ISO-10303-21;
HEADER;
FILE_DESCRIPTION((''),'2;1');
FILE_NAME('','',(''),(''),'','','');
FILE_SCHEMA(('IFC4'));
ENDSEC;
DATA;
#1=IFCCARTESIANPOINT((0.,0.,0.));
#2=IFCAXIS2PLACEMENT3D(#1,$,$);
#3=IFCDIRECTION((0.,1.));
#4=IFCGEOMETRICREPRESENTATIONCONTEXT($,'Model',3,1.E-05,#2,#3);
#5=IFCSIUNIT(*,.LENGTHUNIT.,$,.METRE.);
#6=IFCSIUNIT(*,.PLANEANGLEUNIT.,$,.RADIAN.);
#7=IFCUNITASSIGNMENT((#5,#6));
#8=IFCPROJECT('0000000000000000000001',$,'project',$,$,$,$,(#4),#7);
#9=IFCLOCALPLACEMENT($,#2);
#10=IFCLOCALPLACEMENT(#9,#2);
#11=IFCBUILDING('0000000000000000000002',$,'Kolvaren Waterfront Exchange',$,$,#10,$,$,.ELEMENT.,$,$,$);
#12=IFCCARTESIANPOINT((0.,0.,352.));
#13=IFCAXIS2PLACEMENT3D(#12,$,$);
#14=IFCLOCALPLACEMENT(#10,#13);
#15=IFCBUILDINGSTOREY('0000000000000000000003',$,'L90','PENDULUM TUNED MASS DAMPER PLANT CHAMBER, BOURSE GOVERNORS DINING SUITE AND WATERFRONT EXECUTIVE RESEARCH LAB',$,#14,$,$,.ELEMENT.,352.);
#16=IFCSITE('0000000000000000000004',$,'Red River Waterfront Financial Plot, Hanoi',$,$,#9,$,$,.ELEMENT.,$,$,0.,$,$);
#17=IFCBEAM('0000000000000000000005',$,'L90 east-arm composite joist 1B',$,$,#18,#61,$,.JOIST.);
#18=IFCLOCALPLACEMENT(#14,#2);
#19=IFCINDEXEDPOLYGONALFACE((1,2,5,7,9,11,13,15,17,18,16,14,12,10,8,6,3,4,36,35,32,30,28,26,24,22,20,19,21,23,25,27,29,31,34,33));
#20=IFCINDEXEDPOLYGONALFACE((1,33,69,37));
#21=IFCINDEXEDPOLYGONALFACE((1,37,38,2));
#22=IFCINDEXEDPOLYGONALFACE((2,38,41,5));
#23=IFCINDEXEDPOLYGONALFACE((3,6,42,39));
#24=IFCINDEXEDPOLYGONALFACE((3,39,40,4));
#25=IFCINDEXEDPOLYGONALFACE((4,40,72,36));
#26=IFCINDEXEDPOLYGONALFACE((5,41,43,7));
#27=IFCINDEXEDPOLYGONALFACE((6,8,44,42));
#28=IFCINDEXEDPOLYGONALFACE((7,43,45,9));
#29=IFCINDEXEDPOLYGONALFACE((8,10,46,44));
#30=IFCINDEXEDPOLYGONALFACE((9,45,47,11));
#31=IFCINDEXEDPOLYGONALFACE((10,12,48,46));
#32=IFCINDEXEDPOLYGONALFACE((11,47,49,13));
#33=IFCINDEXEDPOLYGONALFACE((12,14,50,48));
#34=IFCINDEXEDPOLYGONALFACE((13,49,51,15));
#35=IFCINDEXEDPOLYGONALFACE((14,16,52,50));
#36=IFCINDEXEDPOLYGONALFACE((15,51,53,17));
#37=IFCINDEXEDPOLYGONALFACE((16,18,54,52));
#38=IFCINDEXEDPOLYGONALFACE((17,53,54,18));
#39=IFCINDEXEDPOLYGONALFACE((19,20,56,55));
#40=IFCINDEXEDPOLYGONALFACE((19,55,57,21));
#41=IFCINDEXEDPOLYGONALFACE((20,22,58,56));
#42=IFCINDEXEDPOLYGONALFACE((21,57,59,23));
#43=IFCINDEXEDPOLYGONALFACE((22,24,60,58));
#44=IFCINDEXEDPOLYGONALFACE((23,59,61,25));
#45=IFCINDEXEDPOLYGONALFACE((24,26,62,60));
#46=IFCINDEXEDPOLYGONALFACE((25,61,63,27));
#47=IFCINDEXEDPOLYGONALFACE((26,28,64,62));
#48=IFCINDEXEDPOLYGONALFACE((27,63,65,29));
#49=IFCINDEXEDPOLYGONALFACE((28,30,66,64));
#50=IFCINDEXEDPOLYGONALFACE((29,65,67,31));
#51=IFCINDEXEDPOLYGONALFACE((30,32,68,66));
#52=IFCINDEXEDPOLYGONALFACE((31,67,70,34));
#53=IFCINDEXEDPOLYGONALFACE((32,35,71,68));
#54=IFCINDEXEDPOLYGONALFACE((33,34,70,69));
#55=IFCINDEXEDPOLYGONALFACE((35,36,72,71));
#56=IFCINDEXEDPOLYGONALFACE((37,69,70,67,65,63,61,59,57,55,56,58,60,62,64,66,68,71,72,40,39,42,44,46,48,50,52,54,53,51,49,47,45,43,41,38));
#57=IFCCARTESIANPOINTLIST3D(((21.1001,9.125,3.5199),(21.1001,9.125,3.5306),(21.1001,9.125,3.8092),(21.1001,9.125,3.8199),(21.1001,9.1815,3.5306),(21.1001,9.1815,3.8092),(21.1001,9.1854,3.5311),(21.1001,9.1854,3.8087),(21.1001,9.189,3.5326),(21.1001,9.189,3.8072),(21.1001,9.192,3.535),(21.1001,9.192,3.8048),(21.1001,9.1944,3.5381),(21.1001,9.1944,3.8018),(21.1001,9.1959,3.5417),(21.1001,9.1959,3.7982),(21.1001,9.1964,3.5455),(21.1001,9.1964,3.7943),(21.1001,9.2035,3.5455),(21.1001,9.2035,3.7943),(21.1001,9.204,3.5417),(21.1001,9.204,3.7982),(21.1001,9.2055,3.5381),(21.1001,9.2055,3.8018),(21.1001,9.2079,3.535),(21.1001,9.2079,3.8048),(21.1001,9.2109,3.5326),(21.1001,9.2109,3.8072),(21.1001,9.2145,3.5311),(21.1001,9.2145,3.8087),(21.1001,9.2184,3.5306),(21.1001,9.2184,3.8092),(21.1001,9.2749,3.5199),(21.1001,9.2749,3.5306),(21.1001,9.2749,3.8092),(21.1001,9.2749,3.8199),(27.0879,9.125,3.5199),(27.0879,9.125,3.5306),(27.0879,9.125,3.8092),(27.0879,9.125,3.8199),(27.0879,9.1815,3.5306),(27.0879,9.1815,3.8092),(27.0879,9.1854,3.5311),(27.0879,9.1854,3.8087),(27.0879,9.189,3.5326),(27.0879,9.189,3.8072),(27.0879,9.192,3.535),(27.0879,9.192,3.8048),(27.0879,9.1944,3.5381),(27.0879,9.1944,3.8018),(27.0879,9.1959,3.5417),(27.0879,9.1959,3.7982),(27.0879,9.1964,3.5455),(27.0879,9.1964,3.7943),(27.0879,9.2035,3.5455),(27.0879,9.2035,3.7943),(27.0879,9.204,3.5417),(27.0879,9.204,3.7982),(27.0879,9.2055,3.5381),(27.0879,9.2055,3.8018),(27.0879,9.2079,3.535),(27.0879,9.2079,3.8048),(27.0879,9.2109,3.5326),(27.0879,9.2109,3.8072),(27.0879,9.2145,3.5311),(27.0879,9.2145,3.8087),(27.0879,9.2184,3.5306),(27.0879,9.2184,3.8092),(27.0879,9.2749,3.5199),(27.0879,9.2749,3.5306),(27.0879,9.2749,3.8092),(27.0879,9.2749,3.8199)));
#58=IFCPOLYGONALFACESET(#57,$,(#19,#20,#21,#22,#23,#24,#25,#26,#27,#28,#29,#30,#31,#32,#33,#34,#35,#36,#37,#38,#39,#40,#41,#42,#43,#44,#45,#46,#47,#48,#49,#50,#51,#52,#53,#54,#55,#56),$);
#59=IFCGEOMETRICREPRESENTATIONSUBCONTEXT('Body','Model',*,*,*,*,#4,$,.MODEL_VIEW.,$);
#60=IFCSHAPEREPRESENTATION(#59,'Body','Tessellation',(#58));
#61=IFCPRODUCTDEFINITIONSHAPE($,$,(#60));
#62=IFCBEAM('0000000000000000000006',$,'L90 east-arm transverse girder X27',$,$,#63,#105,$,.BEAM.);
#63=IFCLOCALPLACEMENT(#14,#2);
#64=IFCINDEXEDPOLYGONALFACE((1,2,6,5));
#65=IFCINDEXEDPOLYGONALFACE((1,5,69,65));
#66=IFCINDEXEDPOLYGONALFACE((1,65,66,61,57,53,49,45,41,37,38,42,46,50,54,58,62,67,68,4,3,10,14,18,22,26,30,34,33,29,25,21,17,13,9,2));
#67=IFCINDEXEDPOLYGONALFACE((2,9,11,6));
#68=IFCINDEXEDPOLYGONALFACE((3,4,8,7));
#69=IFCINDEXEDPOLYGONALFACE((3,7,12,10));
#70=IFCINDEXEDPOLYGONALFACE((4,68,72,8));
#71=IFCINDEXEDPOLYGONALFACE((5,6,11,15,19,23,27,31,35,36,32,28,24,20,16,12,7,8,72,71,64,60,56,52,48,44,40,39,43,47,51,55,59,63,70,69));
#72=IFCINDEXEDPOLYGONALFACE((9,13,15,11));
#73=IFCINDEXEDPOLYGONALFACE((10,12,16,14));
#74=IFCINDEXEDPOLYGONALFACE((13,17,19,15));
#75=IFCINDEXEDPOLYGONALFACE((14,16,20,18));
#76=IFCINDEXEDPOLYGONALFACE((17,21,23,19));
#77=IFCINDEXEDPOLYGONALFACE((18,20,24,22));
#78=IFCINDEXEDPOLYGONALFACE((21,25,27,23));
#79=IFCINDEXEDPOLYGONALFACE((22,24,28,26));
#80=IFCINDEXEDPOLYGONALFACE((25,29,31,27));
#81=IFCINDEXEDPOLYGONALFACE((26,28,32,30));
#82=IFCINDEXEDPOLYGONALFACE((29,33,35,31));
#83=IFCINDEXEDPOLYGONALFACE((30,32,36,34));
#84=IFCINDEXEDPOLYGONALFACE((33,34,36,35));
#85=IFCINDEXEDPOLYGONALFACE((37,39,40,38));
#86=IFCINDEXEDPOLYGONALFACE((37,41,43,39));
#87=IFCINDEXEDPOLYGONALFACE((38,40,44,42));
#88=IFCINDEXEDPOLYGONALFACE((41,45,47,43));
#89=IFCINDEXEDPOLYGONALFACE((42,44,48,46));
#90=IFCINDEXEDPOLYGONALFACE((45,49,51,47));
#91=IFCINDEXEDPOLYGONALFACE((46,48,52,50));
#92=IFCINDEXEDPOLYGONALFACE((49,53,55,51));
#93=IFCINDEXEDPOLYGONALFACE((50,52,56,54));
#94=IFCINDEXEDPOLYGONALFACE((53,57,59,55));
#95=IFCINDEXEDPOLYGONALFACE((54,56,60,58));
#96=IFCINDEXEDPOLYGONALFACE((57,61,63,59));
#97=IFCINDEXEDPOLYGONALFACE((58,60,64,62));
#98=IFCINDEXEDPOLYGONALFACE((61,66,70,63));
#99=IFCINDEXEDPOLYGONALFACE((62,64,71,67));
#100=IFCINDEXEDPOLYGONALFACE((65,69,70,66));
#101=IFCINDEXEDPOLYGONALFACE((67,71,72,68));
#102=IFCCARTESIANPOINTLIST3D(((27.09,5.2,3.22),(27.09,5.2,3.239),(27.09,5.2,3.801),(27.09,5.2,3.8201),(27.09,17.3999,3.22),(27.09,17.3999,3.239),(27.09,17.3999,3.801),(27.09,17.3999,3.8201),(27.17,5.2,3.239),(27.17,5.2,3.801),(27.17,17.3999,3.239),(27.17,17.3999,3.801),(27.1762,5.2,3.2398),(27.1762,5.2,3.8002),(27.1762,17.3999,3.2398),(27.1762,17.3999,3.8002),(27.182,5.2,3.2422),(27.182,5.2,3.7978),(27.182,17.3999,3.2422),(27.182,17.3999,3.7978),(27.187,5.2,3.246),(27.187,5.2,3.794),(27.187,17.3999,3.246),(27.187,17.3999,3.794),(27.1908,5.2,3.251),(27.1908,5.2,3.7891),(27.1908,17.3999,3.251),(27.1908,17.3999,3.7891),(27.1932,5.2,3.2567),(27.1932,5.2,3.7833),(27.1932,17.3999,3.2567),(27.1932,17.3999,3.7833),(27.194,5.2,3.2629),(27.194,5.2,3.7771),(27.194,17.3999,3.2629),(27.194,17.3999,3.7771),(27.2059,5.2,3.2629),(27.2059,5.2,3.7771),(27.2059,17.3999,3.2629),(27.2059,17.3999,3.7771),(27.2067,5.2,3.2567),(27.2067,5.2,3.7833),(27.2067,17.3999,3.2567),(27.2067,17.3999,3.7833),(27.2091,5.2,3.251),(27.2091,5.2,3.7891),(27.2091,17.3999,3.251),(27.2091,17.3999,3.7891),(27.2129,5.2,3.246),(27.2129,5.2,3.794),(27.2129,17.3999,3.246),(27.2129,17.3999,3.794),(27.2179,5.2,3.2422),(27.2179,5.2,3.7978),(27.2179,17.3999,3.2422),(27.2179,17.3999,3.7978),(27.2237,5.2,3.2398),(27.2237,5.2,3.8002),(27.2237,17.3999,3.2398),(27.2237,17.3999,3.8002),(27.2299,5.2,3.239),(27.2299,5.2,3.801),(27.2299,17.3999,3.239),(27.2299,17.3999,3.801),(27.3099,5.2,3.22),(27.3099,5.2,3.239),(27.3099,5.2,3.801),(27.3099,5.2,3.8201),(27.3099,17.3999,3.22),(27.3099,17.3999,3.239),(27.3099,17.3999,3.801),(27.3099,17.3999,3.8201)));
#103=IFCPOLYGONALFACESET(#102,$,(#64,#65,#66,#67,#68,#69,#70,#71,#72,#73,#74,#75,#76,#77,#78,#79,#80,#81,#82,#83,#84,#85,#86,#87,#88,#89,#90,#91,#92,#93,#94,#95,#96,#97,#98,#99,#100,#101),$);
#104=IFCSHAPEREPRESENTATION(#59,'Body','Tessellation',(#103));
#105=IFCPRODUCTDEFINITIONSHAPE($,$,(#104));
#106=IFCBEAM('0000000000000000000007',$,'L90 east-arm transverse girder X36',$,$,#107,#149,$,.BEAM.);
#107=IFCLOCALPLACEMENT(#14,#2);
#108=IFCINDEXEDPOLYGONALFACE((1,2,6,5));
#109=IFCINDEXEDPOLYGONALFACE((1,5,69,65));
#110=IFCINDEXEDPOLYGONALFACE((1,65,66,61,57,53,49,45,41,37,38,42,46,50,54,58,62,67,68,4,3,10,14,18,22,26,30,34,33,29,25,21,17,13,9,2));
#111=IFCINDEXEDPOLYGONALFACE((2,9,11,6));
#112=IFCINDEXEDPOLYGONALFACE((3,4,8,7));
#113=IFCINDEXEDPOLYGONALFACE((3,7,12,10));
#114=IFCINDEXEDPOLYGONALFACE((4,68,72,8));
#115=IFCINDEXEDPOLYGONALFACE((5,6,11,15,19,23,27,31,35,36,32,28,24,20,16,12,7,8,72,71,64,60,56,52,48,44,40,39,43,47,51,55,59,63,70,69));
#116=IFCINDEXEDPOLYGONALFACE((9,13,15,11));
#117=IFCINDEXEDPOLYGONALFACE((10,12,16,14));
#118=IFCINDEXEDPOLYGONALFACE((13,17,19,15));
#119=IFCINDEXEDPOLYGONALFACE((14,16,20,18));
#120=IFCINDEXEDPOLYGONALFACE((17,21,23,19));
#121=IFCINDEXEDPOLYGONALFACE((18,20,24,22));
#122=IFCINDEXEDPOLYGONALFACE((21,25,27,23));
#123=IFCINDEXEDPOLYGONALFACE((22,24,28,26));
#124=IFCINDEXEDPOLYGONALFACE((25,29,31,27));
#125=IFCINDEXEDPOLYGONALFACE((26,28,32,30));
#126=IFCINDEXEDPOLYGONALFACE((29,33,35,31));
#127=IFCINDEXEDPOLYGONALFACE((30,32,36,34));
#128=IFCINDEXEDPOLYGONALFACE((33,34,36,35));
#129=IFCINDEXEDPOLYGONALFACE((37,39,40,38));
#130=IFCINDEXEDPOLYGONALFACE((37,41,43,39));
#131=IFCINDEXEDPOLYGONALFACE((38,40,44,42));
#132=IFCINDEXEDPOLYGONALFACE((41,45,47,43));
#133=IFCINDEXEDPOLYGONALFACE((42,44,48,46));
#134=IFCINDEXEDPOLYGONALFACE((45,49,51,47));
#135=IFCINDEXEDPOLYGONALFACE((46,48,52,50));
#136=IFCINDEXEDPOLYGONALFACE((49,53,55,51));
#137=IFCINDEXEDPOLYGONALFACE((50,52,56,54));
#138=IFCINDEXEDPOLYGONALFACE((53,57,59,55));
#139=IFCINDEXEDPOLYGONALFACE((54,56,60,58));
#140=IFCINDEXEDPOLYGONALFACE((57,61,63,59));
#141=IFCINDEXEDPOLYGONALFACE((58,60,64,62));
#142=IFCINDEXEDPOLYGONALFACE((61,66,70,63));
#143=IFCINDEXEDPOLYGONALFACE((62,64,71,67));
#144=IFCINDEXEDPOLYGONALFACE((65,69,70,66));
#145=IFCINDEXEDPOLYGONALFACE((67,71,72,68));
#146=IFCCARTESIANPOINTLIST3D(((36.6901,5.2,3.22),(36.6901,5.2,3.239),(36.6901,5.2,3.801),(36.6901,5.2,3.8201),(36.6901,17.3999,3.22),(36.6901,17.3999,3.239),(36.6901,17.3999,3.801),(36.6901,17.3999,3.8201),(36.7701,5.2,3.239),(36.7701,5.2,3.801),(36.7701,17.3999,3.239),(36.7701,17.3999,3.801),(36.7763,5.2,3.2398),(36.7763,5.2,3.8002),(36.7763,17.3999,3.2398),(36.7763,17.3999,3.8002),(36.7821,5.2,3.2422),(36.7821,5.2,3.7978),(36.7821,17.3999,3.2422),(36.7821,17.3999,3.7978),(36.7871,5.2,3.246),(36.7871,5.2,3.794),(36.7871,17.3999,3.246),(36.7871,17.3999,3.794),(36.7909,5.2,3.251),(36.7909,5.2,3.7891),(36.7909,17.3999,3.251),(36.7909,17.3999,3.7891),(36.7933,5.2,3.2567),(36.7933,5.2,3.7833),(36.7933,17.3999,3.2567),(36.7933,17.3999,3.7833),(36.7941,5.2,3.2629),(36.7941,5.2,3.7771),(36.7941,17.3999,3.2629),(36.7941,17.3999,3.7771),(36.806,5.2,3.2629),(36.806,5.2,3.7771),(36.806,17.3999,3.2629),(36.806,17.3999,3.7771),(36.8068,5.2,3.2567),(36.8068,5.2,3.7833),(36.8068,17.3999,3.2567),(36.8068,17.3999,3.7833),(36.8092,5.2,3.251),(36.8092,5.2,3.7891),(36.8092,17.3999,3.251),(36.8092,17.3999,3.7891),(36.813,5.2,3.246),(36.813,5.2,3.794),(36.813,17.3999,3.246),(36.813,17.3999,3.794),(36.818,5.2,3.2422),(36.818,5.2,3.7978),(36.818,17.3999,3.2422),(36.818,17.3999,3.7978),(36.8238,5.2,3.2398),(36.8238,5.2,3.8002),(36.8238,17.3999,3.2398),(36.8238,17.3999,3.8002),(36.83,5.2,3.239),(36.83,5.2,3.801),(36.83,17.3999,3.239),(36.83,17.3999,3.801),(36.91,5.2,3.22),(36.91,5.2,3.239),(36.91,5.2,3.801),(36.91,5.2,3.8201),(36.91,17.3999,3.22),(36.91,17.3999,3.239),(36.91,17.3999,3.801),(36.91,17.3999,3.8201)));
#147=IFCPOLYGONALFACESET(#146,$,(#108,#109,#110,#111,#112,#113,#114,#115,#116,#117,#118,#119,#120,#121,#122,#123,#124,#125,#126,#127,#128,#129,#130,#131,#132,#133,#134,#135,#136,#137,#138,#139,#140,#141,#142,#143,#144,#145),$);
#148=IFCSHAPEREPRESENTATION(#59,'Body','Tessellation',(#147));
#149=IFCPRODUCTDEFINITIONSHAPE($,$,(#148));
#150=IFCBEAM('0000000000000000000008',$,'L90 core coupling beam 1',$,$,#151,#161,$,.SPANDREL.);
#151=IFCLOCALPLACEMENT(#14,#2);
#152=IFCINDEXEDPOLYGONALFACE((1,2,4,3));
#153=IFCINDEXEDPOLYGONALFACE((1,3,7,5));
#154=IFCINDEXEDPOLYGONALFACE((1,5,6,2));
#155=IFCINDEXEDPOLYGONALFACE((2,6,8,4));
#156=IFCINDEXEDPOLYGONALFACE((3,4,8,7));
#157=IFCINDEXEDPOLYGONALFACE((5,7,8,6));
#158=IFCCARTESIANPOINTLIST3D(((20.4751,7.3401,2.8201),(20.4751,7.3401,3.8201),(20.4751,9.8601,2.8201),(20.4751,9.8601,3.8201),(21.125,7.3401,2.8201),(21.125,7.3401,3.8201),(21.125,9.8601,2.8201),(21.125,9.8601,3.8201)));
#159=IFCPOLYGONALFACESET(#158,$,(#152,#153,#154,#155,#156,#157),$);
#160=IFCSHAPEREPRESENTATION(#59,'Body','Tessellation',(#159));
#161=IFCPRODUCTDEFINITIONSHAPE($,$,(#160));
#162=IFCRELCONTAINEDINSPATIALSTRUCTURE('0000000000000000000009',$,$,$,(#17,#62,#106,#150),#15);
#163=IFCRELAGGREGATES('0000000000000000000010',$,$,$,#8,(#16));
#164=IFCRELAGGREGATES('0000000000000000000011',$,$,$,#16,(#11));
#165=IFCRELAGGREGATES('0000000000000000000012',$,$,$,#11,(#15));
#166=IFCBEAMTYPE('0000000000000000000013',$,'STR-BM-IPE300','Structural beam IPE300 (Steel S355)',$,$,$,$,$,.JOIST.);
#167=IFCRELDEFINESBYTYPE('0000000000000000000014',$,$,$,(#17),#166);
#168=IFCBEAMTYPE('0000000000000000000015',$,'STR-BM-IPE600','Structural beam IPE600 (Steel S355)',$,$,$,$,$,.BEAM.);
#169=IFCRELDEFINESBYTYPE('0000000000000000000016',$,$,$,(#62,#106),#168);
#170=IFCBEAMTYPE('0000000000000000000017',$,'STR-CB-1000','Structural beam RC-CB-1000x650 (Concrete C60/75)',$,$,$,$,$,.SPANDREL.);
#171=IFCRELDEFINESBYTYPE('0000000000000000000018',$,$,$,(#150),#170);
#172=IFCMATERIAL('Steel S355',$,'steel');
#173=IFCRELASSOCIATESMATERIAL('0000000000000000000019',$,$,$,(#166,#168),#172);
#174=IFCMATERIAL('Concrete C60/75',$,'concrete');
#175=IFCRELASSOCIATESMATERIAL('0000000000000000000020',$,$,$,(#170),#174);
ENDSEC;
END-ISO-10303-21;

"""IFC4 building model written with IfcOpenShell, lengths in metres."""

from ifc_helpers import new_model, si_unit, direction, frame, origin, origin_2d, place, context, subcontext, project, spatial, rectangle, i_section, extrude, material, material_profile, profile_set, type_object, element, save


model = new_model("IFC4")

# Units and contexts
model_context = context("Model", 3, precision=1e-05, world=origin(), true_north=direction((0.0, 1.0)))
body_context = subcontext(model_context, "Body", "Model", "MODEL_VIEW")
ifc_project = project(units=[si_unit("LENGTHUNIT", "METRE"), si_unit("PLANEANGLEUNIT", "RADIAN")], contexts=[model_context])

# Site, building, storey
site_placement = place(None, origin())
site = spatial("IfcSite", under=ifc_project, at=site_placement, Name="Red River Waterfront Financial Plot, Hanoi", CompositionType="ELEMENT", RefElevation=0.0)
building_placement = place(site_placement, origin())
building = spatial("IfcBuilding", under=site, at=building_placement, Name="Kolvaren Waterfront Exchange", CompositionType="ELEMENT")
storey_placement = place(building_placement, frame((0.0, 0.0, 352.0)))
storey = spatial("IfcBuildingStorey", under=building, at=storey_placement, Name="L90", Description="PENDULUM TUNED MASS DAMPER PLANT CHAMBER, BOURSE GOVERNORS DINING SUITE AND WATERFRONT EXECUTIVE RESEARCH LAB", CompositionType="ELEMENT", Elevation=352.0)

# Beams
ifc_material_1 = material(Name="Steel S355", Category="steel")
ifc_material_profile_1 = material_profile(ifc_material_1, i_section(OverallWidth=0.1499, OverallDepth=0.3, WebThickness=0.0071, FlangeThickness=0.0107, FilletRadius=0.0149, at=origin_2d()), Name="IPE300")
ifc_profile_set_1 = profile_set([ifc_material_profile_1], Name="Steel S355")
beam_type_1 = type_object("IfcBeamType", Name="STR-BM-IPE300", Description="Structural beam IPE300 (Steel S355)", PredefinedType="JOIST", material=ifc_profile_set_1)
beam_1_placement = place(storey_placement, frame((21.1001, 9.2, 3.6699), z_axis=(1.0, 0.0, 0.0), x_axis=(0.0, 1.0, 0.0)))
element("IfcBeam", 1, at=beam_1_placement, inside=storey, type_object=beam_type_1, Name="L90 east-arm composite joist 1B", PredefinedType="JOIST", context=body_context, shape_type="SweptSolid", body=[
    extrude(i_section(OverallWidth=0.1499, OverallDepth=0.3, WebThickness=0.0071, FlangeThickness=0.0107, FilletRadius=0.0149, at=origin_2d()), origin(), (0.0, 0.0, 1.0), 5.9878),
])
ifc_material_profile_2 = material_profile(ifc_material_1, i_section(OverallWidth=0.22, OverallDepth=0.6001, WebThickness=0.012, FlangeThickness=0.019, FilletRadius=0.0239, at=origin_2d()), Name="IPE600")
ifc_profile_set_2 = profile_set([ifc_material_profile_2], Name="Steel S355")
beam_type_2 = type_object("IfcBeamType", Name="STR-BM-IPE600", Description="Structural beam IPE600 (Steel S355)", PredefinedType="BEAM", material=ifc_profile_set_2)
for number, where, z_axis, x_axis, name in (
    (2, (27.2, 5.2, 3.52), (0.0, 1.0, 0.0), (-1.0, 0.0, 0.0), "L90 east-arm transverse girder X27"),
    (3, (36.8, 5.2, 3.52), (0.0, 1.0, 0.0), (-1.0, 0.0, 0.0), "L90 east-arm transverse girder X36"),
):
    element("IfcBeam", number, at=place(storey_placement, frame(where, z_axis=z_axis, x_axis=x_axis)), inside=storey, type_object=beam_type_2, Name=name, PredefinedType="BEAM", context=body_context, shape_type="SweptSolid", body=[
        extrude(i_section(OverallWidth=0.22, OverallDepth=0.6001, WebThickness=0.012, FlangeThickness=0.019, FilletRadius=0.0239, at=origin_2d()), origin(), (0.0, 0.0, 1.0), 12.2),
    ])
ifc_material_2 = material(Name="Concrete C60/75", Category="concrete")
ifc_material_profile_3 = material_profile(ifc_material_2, rectangle(XDim=0.6499, YDim=1.0, at=origin_2d()), Name="RC-CB-1000x650")
ifc_profile_set_3 = profile_set([ifc_material_profile_3], Name="Concrete C60/75")
beam_type_3 = type_object("IfcBeamType", Name="STR-CB-1000", Description="Structural beam RC-CB-1000x650 (Concrete C60/75)", PredefinedType="SPANDREL", material=ifc_profile_set_3)
beam_2_placement = place(storey_placement, frame((20.8, 7.3401, 3.3201), z_axis=(0.0, 1.0, 0.0), x_axis=(-1.0, 0.0, 0.0)))
element("IfcBeam", 4, at=beam_2_placement, inside=storey, type_object=beam_type_3, Name="L90 core coupling beam 1", PredefinedType="SPANDREL", context=body_context, shape_type="SweptSolid", body=[
    extrude(rectangle(XDim=0.6499, YDim=1.0, at=origin_2d()), origin(), (0.0, 0.0, 1.0), 2.52),
])

save(model, "model.ifc")
